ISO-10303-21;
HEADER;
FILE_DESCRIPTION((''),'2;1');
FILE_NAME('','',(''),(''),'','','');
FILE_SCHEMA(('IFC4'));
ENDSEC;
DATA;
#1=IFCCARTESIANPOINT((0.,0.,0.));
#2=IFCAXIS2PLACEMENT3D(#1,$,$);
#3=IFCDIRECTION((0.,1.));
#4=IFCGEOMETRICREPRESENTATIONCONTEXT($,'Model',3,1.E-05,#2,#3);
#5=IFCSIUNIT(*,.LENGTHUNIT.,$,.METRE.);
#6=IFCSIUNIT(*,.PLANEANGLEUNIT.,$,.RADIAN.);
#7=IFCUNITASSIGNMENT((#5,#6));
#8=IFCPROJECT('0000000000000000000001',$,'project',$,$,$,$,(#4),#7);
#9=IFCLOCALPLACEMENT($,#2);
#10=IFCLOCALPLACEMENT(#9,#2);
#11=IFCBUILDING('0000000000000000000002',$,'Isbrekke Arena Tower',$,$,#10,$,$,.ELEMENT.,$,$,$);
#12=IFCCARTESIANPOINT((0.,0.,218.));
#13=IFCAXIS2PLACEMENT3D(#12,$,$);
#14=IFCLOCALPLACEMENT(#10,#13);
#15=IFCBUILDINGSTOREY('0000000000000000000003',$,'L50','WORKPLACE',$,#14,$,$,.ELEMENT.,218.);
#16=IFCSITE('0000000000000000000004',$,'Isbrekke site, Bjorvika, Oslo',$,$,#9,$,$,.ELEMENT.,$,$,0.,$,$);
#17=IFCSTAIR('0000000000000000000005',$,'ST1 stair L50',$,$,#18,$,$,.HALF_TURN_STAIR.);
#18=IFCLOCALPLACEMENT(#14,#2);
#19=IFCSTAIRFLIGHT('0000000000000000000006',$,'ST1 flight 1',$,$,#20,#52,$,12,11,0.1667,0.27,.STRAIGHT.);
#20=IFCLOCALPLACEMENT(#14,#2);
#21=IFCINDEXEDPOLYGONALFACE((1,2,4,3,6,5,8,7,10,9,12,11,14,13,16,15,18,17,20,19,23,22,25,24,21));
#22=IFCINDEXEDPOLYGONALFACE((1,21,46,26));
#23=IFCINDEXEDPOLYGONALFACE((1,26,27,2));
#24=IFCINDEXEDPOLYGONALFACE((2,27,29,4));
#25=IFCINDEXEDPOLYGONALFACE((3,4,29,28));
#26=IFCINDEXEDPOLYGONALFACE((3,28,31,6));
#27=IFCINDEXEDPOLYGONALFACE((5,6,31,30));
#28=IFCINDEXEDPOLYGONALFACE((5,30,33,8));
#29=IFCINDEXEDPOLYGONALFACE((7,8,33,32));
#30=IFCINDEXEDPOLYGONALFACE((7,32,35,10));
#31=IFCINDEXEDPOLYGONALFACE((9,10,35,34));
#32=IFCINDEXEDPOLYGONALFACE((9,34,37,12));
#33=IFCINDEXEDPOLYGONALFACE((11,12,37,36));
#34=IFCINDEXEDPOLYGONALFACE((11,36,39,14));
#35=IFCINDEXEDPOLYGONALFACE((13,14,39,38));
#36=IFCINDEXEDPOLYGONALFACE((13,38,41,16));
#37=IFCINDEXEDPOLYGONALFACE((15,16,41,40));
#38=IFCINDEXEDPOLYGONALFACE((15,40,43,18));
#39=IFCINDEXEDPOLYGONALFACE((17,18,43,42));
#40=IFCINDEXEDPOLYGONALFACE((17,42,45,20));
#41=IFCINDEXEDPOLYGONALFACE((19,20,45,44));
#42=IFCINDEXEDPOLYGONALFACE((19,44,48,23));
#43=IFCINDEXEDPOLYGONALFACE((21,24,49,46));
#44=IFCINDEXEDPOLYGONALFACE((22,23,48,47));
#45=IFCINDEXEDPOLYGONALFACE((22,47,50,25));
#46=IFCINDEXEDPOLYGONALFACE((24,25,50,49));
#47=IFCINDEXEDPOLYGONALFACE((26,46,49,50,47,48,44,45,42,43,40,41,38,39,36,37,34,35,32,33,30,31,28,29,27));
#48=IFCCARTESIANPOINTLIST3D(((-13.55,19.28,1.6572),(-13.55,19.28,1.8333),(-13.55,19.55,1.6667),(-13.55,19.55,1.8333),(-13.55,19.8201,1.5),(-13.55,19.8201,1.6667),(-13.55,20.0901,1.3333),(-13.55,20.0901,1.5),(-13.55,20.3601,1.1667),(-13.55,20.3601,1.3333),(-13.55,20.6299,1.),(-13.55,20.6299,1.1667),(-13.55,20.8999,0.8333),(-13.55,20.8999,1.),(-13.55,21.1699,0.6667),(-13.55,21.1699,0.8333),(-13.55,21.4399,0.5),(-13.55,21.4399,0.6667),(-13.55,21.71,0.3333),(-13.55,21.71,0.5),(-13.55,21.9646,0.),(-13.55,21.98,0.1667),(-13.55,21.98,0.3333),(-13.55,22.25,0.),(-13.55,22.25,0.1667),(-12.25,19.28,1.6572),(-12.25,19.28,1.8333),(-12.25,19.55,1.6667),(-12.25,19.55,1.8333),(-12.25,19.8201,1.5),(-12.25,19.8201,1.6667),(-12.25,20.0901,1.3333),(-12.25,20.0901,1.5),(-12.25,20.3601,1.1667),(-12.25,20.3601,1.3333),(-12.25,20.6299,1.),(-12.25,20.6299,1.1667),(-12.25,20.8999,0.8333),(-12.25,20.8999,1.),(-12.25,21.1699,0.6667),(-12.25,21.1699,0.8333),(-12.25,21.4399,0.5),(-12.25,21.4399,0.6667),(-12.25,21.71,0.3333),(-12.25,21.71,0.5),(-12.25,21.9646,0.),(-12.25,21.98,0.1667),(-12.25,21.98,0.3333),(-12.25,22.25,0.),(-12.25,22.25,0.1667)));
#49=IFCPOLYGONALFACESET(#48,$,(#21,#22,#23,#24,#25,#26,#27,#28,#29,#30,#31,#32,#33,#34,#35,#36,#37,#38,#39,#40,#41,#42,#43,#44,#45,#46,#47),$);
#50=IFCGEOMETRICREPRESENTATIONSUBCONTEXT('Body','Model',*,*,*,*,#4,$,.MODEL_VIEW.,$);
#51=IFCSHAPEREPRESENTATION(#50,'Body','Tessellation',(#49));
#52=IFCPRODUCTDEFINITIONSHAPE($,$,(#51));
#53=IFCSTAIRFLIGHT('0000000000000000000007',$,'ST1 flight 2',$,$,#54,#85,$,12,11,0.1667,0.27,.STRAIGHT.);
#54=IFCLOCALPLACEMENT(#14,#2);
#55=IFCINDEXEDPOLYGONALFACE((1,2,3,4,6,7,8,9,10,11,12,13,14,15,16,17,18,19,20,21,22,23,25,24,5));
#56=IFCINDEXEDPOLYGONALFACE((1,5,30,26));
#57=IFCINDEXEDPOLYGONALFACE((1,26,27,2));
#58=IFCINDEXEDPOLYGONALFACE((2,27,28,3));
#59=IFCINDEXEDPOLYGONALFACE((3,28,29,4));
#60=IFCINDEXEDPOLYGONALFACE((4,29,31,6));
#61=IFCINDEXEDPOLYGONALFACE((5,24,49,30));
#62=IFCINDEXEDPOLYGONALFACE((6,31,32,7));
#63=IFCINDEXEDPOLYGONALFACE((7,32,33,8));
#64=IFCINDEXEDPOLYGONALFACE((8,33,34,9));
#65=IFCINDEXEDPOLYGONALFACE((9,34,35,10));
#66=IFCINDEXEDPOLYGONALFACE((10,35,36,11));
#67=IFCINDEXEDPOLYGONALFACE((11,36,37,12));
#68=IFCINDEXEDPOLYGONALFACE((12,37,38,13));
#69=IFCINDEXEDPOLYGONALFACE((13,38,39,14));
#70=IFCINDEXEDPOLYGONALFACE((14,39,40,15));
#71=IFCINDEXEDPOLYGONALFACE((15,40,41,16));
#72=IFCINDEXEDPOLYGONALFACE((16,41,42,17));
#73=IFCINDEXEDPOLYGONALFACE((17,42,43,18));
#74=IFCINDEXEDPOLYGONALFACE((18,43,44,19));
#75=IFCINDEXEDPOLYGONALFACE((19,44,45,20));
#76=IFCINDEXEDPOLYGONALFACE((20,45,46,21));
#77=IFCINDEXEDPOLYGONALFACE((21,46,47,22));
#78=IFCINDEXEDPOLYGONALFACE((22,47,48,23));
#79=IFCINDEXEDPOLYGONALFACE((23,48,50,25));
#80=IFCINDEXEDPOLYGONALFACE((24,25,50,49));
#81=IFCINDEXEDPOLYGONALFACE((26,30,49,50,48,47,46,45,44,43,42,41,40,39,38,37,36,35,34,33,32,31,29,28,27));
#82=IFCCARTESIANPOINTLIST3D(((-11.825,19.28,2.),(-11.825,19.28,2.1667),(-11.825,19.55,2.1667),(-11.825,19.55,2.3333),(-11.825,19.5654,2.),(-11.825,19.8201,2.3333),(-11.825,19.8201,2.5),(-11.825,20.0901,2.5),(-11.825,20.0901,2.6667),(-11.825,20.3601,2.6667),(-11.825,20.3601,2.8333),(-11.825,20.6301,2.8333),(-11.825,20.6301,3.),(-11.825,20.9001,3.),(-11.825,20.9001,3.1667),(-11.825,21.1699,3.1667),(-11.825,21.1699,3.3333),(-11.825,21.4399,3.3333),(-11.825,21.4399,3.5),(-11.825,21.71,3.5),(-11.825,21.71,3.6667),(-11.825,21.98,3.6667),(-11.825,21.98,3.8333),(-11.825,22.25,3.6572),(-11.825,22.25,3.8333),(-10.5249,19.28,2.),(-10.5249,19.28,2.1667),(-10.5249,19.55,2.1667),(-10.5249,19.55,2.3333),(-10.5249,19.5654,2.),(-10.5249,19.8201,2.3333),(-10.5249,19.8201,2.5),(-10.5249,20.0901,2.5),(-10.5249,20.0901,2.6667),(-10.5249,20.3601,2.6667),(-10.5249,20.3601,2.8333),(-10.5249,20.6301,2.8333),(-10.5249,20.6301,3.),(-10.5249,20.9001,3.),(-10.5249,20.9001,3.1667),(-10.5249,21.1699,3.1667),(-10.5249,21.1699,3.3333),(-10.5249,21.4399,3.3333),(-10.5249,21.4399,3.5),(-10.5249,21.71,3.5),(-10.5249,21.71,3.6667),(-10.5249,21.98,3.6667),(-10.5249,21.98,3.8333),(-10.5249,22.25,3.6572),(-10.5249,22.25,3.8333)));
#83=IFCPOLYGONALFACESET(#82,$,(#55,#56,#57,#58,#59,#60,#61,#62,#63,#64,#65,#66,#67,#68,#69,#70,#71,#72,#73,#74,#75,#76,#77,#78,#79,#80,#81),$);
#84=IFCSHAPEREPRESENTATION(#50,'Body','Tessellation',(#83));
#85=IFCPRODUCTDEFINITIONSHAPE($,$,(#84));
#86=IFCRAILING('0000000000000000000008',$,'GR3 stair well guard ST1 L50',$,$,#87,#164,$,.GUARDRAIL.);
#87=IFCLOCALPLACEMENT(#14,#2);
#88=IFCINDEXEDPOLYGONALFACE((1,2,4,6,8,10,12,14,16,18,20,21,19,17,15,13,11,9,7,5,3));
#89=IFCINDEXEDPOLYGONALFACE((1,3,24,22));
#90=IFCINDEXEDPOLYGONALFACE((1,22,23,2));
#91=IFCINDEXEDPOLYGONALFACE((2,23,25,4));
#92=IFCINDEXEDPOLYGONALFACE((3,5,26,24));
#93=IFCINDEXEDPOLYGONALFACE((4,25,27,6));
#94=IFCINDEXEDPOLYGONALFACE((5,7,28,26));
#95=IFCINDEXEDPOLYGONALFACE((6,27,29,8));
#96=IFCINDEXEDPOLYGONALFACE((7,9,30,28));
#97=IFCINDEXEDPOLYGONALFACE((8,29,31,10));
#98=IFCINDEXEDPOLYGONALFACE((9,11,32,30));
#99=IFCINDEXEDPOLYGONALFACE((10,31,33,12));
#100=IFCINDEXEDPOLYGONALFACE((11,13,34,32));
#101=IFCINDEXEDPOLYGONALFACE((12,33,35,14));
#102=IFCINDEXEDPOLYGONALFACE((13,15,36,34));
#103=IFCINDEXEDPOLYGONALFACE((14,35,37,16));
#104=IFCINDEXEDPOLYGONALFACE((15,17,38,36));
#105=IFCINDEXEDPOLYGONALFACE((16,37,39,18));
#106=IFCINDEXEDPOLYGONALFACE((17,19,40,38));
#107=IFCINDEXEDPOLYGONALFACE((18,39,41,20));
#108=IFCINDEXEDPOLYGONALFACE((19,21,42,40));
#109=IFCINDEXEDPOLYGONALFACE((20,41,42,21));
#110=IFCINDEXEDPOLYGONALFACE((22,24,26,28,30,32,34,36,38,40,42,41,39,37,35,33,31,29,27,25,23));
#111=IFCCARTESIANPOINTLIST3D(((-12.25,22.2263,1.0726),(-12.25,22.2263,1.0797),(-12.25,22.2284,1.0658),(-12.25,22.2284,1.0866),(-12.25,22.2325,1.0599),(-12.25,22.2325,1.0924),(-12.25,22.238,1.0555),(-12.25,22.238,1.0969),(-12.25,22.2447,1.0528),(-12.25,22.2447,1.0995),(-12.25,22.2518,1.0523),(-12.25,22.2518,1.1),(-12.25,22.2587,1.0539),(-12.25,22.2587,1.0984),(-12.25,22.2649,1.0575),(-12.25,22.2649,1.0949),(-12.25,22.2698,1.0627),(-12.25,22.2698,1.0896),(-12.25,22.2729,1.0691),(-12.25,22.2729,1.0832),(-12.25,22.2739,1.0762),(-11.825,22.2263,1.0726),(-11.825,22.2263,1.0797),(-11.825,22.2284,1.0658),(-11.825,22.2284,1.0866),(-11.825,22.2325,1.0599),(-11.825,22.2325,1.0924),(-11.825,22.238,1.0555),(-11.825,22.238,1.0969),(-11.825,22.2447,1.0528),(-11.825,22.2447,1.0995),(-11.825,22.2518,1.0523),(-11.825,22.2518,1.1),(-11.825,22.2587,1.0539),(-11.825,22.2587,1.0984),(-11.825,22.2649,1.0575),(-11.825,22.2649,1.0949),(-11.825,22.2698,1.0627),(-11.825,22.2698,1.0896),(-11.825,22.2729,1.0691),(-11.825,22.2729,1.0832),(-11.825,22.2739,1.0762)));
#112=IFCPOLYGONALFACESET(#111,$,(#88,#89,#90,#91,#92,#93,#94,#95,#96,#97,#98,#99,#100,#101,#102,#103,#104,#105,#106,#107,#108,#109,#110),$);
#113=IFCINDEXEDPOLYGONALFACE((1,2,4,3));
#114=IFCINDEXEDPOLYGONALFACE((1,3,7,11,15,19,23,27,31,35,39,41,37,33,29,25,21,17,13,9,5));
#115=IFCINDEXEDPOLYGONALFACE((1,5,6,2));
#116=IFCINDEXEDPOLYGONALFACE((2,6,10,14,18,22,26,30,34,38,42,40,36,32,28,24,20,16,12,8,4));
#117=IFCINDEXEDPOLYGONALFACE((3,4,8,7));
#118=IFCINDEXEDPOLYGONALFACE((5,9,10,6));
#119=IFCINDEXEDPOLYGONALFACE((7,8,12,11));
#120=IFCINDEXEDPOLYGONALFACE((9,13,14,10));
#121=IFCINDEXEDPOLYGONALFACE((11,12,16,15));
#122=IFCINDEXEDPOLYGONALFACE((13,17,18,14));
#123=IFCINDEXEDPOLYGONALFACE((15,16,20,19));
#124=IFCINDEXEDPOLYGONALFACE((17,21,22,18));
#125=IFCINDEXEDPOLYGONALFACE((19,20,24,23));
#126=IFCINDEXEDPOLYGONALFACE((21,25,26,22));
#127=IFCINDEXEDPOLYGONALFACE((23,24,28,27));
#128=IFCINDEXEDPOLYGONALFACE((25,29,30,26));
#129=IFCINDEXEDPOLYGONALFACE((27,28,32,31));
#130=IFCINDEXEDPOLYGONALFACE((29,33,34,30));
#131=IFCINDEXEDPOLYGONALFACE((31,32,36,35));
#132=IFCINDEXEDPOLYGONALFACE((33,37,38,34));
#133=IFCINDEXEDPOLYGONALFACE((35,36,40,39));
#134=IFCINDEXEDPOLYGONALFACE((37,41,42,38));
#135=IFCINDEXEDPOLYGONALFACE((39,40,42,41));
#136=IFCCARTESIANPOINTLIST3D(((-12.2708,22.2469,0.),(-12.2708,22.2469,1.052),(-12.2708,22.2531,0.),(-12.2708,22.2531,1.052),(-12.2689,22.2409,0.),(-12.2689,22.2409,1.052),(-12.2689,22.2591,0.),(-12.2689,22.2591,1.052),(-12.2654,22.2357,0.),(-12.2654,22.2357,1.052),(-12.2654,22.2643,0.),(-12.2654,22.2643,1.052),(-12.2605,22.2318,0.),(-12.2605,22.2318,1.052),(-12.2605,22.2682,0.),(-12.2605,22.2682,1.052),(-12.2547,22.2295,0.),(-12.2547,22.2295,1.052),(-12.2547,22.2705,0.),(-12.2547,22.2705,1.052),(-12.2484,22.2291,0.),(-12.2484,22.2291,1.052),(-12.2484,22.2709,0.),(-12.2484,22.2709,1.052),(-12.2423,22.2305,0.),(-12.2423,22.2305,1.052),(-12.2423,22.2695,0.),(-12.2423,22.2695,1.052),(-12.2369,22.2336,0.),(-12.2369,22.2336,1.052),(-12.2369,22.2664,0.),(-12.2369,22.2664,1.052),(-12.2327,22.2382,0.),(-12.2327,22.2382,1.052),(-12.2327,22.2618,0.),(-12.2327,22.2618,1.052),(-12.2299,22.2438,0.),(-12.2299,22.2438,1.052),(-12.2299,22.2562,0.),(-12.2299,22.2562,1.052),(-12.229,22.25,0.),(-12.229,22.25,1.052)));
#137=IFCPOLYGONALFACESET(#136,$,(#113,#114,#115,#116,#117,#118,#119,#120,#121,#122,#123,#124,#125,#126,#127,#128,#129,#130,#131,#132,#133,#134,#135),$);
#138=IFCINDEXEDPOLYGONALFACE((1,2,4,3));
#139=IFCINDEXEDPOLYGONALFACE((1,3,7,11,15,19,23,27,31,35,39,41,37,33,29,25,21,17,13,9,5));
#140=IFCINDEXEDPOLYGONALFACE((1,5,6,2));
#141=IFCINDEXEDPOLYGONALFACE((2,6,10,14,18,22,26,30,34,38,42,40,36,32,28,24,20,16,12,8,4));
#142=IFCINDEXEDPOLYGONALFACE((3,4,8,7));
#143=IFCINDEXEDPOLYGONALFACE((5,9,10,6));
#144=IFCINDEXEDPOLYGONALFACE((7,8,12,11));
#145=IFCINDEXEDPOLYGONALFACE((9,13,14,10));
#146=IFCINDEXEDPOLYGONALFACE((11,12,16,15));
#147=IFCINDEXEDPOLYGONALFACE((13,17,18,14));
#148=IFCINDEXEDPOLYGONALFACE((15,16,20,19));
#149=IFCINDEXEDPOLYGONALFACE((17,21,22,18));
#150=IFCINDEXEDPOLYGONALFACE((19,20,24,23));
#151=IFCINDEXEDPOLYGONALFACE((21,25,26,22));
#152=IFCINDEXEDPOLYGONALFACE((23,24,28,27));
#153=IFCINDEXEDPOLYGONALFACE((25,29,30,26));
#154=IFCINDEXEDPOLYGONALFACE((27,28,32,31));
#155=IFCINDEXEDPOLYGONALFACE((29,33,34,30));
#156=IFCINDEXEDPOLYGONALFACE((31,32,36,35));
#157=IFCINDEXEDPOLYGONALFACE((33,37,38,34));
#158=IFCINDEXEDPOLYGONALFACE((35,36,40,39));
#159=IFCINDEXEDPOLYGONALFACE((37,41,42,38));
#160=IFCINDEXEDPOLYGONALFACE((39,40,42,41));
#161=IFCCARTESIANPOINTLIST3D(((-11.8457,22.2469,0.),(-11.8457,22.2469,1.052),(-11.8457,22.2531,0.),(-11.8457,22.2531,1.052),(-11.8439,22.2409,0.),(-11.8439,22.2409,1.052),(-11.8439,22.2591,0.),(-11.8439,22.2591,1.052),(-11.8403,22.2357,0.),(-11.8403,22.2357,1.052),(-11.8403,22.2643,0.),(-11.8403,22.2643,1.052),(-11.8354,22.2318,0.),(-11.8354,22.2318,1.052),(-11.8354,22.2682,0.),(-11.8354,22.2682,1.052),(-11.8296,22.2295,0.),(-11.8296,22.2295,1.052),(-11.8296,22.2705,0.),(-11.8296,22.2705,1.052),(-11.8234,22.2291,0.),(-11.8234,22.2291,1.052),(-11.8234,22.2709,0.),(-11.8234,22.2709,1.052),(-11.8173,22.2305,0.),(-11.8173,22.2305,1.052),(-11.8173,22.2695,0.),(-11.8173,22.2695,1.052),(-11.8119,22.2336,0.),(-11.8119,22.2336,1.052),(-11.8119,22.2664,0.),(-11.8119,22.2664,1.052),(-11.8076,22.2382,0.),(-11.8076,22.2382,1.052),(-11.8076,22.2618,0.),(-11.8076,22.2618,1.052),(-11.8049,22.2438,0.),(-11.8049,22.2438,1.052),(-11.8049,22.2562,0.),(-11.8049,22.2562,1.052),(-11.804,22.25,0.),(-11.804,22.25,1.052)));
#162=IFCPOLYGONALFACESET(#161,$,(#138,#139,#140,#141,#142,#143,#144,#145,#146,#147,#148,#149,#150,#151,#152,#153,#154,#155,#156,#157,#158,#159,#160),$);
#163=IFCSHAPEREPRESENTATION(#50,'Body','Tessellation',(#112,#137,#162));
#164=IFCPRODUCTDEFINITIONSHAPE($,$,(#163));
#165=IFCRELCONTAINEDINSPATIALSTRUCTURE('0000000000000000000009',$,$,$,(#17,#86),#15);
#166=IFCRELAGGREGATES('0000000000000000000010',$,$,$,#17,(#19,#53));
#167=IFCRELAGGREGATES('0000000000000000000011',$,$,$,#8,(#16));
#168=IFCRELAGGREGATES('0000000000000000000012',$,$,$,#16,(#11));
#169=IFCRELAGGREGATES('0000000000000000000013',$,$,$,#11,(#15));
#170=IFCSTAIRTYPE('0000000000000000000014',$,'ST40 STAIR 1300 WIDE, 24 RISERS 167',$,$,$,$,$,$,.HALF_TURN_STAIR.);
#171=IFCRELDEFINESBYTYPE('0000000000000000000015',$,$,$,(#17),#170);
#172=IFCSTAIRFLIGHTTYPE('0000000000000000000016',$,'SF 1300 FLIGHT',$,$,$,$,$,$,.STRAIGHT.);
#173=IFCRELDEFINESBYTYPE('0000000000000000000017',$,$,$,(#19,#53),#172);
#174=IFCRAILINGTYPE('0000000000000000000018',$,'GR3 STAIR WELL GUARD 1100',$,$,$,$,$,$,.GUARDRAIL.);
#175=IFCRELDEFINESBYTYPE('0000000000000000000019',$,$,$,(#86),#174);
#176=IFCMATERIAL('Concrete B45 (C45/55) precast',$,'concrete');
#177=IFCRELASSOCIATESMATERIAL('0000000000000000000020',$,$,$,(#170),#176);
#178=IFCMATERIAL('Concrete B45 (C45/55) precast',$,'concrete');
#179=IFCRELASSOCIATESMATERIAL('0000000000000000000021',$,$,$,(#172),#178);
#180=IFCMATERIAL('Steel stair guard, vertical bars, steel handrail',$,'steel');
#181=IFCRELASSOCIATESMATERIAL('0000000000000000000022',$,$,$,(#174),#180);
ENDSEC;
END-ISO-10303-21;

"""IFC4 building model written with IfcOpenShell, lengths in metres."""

from ifc_helpers import new_model, si_unit, direction, frame, origin, origin_2d, place, context, subcontext, project, spatial, polyline, circle, outline, extrude, material, type_object, element, aggregate, save


model = new_model("IFC4")

# Units and contexts
model_context = context("Model", 3, precision=1e-05, world=origin(), true_north=direction((0.0, 1.0)))
body_context = subcontext(model_context, "Body", "Model", "MODEL_VIEW")
ifc_project = project(units=[si_unit("LENGTHUNIT", "METRE"), si_unit("PLANEANGLEUNIT", "RADIAN")], contexts=[model_context])

# Site, building, storey
site_placement = place(None, origin())
site = spatial("IfcSite", under=ifc_project, at=site_placement, Name="Isbrekke site, Bjorvika, Oslo", CompositionType="ELEMENT", RefElevation=0.0)
building_placement = place(site_placement, origin())
building = spatial("IfcBuilding", under=site, at=building_placement, Name="Isbrekke Arena Tower", CompositionType="ELEMENT")
storey_placement = place(building_placement, frame((0.0, 0.0, 218.0)))
storey = spatial("IfcBuildingStorey", under=building, at=storey_placement, Name="L50", Description="WORKPLACE", CompositionType="ELEMENT", Elevation=218.0)

# Stair, stair flights
ifc_material_1 = material(Name="Concrete B45 (C45/55) precast", Category="concrete")
stair_type = type_object("IfcStairType", Name="ST40 STAIR 1300 WIDE, 24 RISERS 167", PredefinedType="HALF_TURN_STAIR", material=ifc_material_1)
stair_placement = place(storey_placement, origin())
stair = element("IfcStair", 1, at=stair_placement, inside=storey, type_object=stair_type, Name="ST1 stair L50", PredefinedType="HALF_TURN_STAIR")
ifc_material_2 = material(Name="Concrete B45 (C45/55) precast", Category="concrete")
stair_flight_type = type_object("IfcStairFlightType", Name="SF 1300 FLIGHT", PredefinedType="STRAIGHT", material=ifc_material_2)
stair_flight_1_placement = place(storey_placement, frame((-12.8999, 22.25, 0.0), z_axis=(0.0, 0.0, 1.0), x_axis=(0.0, -1.0, 0.0)))
stair_flight_1 = element("IfcStairFlight", 2, at=stair_flight_1_placement, type_object=stair_flight_type, Name="ST1 flight 1", NumberOfRisers=12, NumberOfTreads=11, PredefinedType="STRAIGHT", RiserHeight=0.1667, TreadLength=0.27, context=body_context, shape_type="SweptSolid", body=[
    extrude(outline(polyline([(0.0, 0.0), (0.0, 0.1667), (0.27, 0.1667), (0.27, 0.3333), (0.54, 0.3333), (0.54, 0.5), (0.8101, 0.5), (0.8101, 0.6667), (1.0801, 0.6667), (1.0801, 0.8333), (1.3501, 0.8333), (1.3501, 1.0), (1.6201, 1.0), (1.6201, 1.1667), (1.8899, 1.1667), (1.8899, 1.3333), (2.1599, 1.3333), (2.1599, 1.5), (2.4299, 1.5), (2.4299, 1.6667), (2.7, 1.6667), (2.7, 1.8333), (2.97, 1.8333), (2.97, 2.0), (2.97, 1.6572), (0.2854, 0.0), (0.0, 0.0)])), frame((0.0, 0.6499, 0.0), z_axis=(0.0, -1.0, 0.0), x_axis=(1.0, 0.0, 0.0)), (0.0, 0.0, 1.0), 1.3),
])
stair_flight_2_placement = place(storey_placement, frame((-11.175, 19.28, 2.0), z_axis=(0.0, 0.0, 1.0), x_axis=(0.0, 1.0, 0.0)))
stair_flight_2 = element("IfcStairFlight", 3, at=stair_flight_2_placement, type_object=stair_flight_type, Name="ST1 flight 2", NumberOfRisers=12, NumberOfTreads=11, PredefinedType="STRAIGHT", RiserHeight=0.1667, TreadLength=0.27, context=body_context, shape_type="SweptSolid", body=[
    extrude(outline(polyline([(0.0, 0.0), (0.0, 0.1667), (0.27, 0.1667), (0.27, 0.3333), (0.54, 0.3333), (0.54, 0.5), (0.8101, 0.5), (0.8101, 0.6667), (1.0801, 0.6667), (1.0801, 0.8333), (1.3501, 0.8333), (1.3501, 1.0), (1.6201, 1.0), (1.6201, 1.1667), (1.8899, 1.1667), (1.8899, 1.3333), (2.1599, 1.3333), (2.1599, 1.5), (2.4299, 1.5), (2.4299, 1.6667), (2.7, 1.6667), (2.7, 1.8333), (2.97, 1.8333), (2.97, 2.0), (2.97, 1.6572), (0.2854, 0.0), (0.0, 0.0)])), frame((0.0, 0.6499, 0.0), z_axis=(0.0, -1.0, 0.0), x_axis=(1.0, 0.0, 0.0)), (0.0, 0.0, 1.0), 1.3),
])
aggregate(stair, [stair_flight_1, stair_flight_2])

# Railing
ifc_material_3 = material(Name="Steel stair guard, vertical bars, steel handrail", Category="steel")
railing_type = type_object("IfcRailingType", Name="GR3 STAIR WELL GUARD 1100", PredefinedType="GUARDRAIL", material=ifc_material_3)
for number, where, name in (
    (4, (-12.25, 22.25, 0.0), "GR3 stair well guard ST1 L50"),
):
    element("IfcRailing", number, at=place(storey_placement, frame(where)), inside=storey, type_object=railing_type, Name=name, PredefinedType="GUARDRAIL", context=body_context, shape_type="SweptSolid", body=[
        extrude(circle(Radius=0.0239, at=origin_2d()), frame((0.0, 0.0, 1.0762), z_axis=(1.0, 0.0, 0.0), x_axis=(0.0, 1.0, 0.0)), (0.0, 0.0, 1.0), 0.425),
        extrude(circle(Radius=0.021, at=origin_2d()), origin(), (0.0, 0.0, 1.0), 1.052),
        extrude(circle(Radius=0.021, at=origin_2d()), frame((0.425, 0.0, 0.0)), (0.0, 0.0, 1.0), 1.052),
    ])

save(model, "model.ifc")
